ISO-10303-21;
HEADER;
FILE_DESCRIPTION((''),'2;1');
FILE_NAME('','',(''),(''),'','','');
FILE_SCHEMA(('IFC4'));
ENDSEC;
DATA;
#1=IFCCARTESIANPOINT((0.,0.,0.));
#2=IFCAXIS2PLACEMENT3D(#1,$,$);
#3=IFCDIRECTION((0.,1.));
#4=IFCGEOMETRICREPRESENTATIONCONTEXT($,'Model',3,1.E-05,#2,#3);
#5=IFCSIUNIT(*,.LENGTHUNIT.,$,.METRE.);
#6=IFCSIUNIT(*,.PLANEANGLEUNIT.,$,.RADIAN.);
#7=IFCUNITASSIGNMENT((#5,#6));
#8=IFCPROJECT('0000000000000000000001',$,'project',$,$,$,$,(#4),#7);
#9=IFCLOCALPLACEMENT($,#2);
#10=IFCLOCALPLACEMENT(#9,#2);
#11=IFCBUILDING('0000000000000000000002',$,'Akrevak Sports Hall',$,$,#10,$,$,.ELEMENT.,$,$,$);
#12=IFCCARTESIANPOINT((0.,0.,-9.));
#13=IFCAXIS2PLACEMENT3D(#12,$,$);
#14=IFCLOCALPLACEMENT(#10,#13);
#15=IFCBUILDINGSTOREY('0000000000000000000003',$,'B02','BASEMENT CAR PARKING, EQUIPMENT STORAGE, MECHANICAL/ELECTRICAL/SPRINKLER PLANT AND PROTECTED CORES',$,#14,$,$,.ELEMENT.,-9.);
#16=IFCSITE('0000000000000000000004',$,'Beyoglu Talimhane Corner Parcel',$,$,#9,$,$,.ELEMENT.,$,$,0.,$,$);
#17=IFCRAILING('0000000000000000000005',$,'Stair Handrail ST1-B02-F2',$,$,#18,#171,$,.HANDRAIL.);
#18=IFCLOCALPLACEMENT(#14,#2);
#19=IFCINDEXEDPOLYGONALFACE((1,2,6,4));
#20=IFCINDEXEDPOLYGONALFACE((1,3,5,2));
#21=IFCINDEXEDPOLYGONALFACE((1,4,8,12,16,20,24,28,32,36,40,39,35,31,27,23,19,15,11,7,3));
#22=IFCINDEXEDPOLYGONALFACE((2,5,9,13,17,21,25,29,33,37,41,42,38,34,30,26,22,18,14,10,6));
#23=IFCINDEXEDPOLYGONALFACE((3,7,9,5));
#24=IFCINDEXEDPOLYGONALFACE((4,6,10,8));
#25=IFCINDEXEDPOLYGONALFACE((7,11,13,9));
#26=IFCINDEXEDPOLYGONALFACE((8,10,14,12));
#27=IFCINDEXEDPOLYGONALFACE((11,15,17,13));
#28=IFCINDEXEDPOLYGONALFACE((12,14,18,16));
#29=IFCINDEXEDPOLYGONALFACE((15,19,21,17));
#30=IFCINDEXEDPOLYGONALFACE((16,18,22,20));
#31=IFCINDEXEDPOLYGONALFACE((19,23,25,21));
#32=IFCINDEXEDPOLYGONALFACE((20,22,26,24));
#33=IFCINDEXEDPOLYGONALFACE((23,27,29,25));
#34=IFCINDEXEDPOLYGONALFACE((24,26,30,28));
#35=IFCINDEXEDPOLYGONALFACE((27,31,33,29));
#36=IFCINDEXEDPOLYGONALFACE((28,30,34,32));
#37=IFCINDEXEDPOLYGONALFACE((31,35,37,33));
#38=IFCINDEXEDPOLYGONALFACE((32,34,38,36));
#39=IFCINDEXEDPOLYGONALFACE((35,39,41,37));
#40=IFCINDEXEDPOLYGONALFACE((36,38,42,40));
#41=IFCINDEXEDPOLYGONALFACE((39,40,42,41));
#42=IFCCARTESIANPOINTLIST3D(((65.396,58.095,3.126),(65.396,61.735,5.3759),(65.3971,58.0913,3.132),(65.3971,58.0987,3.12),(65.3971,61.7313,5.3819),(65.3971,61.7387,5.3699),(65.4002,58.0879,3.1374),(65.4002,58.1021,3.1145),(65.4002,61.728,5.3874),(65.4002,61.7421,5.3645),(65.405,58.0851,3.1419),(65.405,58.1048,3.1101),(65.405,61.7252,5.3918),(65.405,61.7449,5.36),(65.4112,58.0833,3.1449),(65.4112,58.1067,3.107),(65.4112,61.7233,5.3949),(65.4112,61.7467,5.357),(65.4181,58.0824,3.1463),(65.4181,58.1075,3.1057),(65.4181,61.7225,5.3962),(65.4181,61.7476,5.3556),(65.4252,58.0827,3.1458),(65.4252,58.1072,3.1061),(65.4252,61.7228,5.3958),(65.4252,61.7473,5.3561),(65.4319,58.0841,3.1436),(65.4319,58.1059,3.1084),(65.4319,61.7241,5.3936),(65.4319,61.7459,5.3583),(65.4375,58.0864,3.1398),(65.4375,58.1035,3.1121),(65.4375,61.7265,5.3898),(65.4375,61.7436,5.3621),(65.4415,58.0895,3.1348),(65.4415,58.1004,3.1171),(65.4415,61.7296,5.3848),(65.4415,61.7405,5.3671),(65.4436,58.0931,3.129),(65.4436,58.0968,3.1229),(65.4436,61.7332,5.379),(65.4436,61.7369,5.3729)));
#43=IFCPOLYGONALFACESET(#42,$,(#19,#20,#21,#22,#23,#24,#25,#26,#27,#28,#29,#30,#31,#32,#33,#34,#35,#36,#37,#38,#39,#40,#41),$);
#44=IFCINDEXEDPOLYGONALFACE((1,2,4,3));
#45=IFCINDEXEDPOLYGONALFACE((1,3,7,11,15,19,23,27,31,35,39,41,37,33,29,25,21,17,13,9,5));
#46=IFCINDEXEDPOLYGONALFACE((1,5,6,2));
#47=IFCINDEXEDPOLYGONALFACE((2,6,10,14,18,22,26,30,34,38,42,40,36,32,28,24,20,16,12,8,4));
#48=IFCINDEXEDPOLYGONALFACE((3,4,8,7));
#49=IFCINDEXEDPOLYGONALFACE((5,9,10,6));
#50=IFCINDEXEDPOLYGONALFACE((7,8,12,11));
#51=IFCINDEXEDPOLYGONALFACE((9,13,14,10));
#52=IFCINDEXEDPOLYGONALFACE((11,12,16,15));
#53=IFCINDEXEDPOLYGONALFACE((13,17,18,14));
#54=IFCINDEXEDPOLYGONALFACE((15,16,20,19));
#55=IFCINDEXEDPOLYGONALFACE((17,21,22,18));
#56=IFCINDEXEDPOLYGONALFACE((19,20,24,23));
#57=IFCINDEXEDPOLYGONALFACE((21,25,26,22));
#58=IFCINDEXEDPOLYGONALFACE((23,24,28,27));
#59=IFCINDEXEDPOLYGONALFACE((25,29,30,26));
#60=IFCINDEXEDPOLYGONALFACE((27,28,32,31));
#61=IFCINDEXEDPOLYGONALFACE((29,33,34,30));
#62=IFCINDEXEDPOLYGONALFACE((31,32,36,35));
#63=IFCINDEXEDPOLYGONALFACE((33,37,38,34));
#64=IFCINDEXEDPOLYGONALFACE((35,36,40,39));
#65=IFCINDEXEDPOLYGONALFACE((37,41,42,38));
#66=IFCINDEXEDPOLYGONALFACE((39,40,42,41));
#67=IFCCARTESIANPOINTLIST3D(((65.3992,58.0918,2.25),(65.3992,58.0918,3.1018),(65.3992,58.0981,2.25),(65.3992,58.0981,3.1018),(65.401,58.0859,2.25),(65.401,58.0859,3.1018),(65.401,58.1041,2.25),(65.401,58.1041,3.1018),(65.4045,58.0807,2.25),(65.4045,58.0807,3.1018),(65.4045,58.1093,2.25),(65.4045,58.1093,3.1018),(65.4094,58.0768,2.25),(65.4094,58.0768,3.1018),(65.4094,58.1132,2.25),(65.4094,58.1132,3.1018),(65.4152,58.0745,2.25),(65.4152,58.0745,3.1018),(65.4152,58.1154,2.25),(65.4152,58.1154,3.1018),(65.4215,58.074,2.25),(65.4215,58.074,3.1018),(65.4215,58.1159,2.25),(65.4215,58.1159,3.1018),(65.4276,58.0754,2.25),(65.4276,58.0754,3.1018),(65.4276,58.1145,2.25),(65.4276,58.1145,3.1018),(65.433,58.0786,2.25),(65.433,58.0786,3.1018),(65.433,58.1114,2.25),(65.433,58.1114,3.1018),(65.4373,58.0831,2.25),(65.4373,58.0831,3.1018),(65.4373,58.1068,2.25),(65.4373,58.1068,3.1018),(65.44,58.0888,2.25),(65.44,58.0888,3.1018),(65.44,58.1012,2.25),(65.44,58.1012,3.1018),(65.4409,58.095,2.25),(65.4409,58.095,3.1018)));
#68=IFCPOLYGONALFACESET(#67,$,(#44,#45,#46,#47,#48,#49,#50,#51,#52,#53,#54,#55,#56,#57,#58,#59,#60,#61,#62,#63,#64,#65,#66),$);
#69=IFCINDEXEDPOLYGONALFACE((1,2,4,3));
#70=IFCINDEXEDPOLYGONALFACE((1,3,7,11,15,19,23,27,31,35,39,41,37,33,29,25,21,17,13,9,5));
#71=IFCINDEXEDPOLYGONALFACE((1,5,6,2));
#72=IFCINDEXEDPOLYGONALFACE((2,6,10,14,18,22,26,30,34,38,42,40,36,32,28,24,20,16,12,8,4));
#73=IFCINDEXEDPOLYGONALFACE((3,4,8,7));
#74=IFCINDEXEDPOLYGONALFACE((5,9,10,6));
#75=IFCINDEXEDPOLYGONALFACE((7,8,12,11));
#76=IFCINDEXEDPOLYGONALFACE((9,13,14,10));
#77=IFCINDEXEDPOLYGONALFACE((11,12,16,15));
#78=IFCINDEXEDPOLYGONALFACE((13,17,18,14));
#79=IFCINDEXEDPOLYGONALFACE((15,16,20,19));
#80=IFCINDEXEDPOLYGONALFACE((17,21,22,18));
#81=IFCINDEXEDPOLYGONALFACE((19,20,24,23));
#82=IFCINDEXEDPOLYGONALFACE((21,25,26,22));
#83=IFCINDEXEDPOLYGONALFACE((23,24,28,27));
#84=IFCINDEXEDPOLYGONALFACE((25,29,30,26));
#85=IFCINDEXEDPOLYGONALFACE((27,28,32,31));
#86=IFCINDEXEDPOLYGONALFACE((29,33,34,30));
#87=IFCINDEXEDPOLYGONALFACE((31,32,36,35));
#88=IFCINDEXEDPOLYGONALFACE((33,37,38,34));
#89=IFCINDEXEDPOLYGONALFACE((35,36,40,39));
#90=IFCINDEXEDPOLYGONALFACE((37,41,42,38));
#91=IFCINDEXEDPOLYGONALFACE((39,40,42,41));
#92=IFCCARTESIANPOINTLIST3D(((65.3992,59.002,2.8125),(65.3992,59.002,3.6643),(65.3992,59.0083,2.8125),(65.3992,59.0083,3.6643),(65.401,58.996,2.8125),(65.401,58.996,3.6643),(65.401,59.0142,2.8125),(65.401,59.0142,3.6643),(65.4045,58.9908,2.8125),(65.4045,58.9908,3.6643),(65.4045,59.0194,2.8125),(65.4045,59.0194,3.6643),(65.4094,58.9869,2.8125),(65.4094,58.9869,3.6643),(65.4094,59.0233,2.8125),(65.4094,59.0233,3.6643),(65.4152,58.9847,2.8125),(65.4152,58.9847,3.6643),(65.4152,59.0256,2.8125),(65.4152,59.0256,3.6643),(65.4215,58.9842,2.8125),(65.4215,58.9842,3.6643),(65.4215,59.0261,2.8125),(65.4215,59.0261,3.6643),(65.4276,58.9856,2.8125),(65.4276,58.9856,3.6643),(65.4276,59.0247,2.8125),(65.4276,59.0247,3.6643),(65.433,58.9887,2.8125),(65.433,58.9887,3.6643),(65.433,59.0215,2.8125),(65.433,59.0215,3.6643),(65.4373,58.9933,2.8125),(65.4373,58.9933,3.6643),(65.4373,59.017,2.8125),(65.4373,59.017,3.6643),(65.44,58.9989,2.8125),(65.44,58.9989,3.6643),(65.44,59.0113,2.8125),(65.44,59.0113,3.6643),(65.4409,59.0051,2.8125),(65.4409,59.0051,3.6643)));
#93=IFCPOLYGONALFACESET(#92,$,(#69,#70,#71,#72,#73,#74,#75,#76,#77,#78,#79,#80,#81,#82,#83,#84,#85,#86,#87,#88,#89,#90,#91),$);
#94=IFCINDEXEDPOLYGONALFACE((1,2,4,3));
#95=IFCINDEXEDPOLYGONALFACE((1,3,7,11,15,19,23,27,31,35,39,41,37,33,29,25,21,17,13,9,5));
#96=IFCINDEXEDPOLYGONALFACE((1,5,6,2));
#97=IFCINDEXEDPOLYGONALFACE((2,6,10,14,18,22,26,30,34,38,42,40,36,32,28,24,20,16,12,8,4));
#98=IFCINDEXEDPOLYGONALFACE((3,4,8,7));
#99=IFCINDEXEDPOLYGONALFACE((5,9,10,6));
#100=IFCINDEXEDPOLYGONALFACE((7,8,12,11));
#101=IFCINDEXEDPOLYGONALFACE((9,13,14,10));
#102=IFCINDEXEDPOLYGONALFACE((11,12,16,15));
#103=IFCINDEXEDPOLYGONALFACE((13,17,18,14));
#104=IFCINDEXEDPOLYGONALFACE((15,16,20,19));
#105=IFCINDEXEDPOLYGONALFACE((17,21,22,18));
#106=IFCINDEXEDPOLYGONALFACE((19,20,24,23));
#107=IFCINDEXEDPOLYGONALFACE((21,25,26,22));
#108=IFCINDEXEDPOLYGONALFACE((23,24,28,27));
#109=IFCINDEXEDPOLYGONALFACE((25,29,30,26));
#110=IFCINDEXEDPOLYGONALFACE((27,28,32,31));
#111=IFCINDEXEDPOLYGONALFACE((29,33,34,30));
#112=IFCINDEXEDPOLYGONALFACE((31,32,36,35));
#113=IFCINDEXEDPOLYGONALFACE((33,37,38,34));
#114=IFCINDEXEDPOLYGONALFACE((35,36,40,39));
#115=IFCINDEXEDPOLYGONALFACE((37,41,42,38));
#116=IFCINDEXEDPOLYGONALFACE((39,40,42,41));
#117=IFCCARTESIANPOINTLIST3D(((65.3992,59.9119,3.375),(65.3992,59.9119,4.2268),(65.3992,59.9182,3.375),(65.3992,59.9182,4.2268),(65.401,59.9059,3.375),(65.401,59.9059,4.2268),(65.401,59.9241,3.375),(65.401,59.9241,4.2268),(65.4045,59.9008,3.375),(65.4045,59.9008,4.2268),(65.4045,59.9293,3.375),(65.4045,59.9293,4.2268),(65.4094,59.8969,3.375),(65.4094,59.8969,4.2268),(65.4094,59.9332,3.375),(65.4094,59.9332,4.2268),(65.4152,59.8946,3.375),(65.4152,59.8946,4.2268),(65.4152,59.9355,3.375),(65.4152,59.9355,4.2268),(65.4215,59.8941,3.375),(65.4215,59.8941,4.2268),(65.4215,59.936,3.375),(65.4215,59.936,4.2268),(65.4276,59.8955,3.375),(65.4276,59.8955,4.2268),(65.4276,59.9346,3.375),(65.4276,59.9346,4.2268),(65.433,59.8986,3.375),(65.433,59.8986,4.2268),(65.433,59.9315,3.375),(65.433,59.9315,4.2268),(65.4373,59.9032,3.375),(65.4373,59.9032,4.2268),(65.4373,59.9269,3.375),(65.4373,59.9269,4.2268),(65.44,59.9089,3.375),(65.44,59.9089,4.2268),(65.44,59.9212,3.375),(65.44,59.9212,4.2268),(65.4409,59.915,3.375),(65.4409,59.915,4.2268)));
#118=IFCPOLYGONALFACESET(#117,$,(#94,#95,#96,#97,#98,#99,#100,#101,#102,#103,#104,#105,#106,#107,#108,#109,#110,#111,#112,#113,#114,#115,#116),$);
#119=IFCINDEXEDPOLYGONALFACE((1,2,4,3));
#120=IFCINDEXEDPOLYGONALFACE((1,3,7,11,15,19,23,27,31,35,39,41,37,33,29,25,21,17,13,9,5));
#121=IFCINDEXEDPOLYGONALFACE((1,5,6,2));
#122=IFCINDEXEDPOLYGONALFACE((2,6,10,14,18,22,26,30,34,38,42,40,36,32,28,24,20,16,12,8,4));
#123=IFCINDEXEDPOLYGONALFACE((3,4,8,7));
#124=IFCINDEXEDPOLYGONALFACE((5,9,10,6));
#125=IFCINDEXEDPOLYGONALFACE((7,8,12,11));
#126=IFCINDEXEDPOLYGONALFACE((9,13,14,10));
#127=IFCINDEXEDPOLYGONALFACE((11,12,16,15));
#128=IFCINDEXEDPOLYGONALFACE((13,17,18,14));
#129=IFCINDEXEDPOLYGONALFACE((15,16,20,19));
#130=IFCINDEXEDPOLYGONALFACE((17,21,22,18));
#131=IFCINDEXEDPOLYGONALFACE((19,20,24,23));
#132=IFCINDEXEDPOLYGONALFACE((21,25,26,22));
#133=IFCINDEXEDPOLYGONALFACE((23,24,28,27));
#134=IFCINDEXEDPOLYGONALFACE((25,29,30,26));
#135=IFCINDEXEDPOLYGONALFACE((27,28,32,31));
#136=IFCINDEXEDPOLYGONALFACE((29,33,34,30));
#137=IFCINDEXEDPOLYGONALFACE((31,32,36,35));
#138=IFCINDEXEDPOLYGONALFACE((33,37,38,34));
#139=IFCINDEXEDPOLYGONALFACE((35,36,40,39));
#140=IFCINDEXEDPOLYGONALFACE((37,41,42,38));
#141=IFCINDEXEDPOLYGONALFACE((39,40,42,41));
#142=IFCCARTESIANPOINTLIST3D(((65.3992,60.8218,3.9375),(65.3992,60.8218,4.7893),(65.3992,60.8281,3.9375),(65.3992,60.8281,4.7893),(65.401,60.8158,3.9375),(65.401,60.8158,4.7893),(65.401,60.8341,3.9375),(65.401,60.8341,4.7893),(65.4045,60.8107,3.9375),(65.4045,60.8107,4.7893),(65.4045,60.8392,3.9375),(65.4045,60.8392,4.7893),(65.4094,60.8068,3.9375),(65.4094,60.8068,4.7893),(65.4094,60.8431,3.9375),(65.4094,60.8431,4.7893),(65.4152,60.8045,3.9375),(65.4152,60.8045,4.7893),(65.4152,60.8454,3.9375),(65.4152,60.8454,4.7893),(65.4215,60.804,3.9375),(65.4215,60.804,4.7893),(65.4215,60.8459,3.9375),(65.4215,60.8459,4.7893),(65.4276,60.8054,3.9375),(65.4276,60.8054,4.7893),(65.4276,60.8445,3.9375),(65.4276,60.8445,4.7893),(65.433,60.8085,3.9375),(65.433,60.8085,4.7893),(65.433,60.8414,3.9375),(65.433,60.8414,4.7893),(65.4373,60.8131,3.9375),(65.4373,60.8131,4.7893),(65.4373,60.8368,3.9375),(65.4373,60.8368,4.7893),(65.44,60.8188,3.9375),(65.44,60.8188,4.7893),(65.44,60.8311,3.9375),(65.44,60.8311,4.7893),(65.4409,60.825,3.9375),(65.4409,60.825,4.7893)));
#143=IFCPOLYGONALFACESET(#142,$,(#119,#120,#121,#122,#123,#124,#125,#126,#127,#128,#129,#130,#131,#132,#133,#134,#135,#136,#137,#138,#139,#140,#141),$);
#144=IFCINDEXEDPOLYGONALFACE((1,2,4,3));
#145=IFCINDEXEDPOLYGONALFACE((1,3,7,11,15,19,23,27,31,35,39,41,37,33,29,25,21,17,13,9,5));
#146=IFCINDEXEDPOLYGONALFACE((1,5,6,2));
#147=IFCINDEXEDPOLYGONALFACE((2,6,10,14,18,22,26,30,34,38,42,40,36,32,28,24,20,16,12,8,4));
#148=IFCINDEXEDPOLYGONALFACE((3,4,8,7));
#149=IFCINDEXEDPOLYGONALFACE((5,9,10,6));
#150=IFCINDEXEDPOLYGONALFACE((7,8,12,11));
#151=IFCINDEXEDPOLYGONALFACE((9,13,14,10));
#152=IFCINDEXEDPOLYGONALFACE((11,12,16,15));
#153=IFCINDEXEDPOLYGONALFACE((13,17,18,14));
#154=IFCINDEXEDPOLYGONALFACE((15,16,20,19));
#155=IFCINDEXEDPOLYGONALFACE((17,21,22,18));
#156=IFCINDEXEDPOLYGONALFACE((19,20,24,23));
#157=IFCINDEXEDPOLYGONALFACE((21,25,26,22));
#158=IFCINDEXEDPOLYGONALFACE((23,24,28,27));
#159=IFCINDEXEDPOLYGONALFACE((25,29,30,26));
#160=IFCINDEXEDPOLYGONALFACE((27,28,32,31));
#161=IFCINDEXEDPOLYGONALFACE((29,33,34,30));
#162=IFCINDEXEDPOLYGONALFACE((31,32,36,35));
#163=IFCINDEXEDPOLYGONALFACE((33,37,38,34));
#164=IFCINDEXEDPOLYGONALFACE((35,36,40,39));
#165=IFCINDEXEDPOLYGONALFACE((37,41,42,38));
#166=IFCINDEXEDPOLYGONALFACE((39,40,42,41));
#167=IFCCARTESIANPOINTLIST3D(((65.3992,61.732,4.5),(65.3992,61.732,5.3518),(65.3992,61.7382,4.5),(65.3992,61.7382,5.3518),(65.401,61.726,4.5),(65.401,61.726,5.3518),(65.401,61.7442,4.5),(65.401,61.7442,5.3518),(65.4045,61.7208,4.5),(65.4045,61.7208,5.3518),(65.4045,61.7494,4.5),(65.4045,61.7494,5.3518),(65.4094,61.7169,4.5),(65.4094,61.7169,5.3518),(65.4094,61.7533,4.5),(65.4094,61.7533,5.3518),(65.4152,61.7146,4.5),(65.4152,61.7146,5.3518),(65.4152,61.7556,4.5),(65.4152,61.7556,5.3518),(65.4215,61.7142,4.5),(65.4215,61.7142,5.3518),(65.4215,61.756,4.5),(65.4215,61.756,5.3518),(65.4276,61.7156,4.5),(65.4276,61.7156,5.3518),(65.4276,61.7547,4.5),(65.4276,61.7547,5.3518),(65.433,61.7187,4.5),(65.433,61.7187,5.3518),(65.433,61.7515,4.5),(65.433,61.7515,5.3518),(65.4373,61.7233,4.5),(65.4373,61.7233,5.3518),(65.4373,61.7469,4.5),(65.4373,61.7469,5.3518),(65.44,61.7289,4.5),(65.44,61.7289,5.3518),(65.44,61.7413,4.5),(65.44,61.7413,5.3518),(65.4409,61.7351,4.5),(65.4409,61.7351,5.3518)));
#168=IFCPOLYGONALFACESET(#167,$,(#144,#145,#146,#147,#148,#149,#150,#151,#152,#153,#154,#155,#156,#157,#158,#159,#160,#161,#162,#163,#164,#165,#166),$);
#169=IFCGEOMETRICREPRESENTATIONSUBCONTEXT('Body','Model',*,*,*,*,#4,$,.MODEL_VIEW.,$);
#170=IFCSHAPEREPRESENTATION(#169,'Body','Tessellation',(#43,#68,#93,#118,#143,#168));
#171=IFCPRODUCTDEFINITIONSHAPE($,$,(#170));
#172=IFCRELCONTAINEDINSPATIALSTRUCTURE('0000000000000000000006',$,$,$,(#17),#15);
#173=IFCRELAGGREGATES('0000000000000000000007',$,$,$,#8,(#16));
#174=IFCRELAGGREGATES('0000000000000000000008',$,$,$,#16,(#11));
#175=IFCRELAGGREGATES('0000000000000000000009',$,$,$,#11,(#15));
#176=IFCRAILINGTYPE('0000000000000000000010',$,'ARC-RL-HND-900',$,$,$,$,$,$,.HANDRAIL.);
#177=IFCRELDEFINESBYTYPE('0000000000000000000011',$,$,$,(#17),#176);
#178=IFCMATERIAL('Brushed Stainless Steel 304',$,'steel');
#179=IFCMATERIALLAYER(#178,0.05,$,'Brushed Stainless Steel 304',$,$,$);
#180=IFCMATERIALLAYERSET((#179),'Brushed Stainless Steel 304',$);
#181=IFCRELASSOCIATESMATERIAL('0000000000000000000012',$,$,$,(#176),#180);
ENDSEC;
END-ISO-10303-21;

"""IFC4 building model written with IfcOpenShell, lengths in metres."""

from ifc_helpers import new_model, si_unit, direction, frame, origin, origin_2d, place, context, subcontext, project, spatial, circle, extrude, material, layer, layer_set, type_object, element, save


model = new_model("IFC4")

# Units and contexts
model_context = context("Model", 3, precision=1e-05, world=origin(), true_north=direction((0.0, 1.0)))
body_context = subcontext(model_context, "Body", "Model", "MODEL_VIEW")
ifc_project = project(units=[si_unit("LENGTHUNIT", "METRE"), si_unit("PLANEANGLEUNIT", "RADIAN")], contexts=[model_context])

# Site, building, storey
site_placement = place(None, origin())
site = spatial("IfcSite", under=ifc_project, at=site_placement, Name="Beyoglu Talimhane Corner Parcel", CompositionType="ELEMENT", RefElevation=0.0)
building_placement = place(site_placement, origin())
building = spatial("IfcBuilding", under=site, at=building_placement, Name="Akrevak Sports Hall", CompositionType="ELEMENT")
storey_placement = place(building_placement, frame((0.0, 0.0, -9.0)))
storey = spatial("IfcBuildingStorey", under=building, at=storey_placement, Name="B02", Description="BASEMENT CAR PARKING, EQUIPMENT STORAGE, MECHANICAL/ELECTRICAL/SPRINKLER PLANT AND PROTECTED CORES", CompositionType="ELEMENT", Elevation=-9.0)

# Railing
ifc_material_1 = material(Name="Brushed Stainless Steel 304", Category="steel")
ifc_layer_1 = layer(ifc_material_1, 0.05, Name="Brushed Stainless Steel 304")
ifc_layer_set_1 = layer_set([ifc_layer_1], Name="Brushed Stainless Steel 304")
railing_type_1 = type_object("IfcRailingType", Name="ARC-RL-HND-900", PredefinedType="HANDRAIL", material=ifc_layer_set_1)
railing_1_placement = place(storey_placement, frame((65.4199, 58.095, 2.25)))
element("IfcRailing", 1, at=railing_1_placement, inside=storey, type_object=railing_type_1, Name="Stair Handrail ST1-B02-F2", PredefinedType="HANDRAIL", context=body_context, shape_type="SweptSolid", body=[
    extrude(circle(Radius=0.0239, at=origin_2d()), frame((0.0, 0.0, 0.876), z_axis=(0.0, 0.850622, 0.525777), x_axis=(-1.0, 0.0, 0.0)), (0.0, 0.0, 1.0), 4.2793),
    extrude(circle(Radius=0.021, at=origin_2d()), origin(), (0.0, 0.0, 1.0), 0.8518),
    extrude(circle(Radius=0.021, at=origin_2d()), frame((0.0, 0.9102, 0.5625)), (0.0, 0.0, 1.0), 0.8518),
    extrude(circle(Radius=0.021, at=origin_2d()), frame((0.0, 1.8201, 1.125)), (0.0, 0.0, 1.0), 0.8518),
    extrude(circle(Radius=0.021, at=origin_2d()), frame((0.0, 2.73, 1.6875)), (0.0, 0.0, 1.0), 0.8518),
    extrude(circle(Radius=0.021, at=origin_2d()), frame((0.0, 3.6401, 2.25)), (0.0, 0.0, 1.0), 0.8518),
])

save(model, "model.ifc")
